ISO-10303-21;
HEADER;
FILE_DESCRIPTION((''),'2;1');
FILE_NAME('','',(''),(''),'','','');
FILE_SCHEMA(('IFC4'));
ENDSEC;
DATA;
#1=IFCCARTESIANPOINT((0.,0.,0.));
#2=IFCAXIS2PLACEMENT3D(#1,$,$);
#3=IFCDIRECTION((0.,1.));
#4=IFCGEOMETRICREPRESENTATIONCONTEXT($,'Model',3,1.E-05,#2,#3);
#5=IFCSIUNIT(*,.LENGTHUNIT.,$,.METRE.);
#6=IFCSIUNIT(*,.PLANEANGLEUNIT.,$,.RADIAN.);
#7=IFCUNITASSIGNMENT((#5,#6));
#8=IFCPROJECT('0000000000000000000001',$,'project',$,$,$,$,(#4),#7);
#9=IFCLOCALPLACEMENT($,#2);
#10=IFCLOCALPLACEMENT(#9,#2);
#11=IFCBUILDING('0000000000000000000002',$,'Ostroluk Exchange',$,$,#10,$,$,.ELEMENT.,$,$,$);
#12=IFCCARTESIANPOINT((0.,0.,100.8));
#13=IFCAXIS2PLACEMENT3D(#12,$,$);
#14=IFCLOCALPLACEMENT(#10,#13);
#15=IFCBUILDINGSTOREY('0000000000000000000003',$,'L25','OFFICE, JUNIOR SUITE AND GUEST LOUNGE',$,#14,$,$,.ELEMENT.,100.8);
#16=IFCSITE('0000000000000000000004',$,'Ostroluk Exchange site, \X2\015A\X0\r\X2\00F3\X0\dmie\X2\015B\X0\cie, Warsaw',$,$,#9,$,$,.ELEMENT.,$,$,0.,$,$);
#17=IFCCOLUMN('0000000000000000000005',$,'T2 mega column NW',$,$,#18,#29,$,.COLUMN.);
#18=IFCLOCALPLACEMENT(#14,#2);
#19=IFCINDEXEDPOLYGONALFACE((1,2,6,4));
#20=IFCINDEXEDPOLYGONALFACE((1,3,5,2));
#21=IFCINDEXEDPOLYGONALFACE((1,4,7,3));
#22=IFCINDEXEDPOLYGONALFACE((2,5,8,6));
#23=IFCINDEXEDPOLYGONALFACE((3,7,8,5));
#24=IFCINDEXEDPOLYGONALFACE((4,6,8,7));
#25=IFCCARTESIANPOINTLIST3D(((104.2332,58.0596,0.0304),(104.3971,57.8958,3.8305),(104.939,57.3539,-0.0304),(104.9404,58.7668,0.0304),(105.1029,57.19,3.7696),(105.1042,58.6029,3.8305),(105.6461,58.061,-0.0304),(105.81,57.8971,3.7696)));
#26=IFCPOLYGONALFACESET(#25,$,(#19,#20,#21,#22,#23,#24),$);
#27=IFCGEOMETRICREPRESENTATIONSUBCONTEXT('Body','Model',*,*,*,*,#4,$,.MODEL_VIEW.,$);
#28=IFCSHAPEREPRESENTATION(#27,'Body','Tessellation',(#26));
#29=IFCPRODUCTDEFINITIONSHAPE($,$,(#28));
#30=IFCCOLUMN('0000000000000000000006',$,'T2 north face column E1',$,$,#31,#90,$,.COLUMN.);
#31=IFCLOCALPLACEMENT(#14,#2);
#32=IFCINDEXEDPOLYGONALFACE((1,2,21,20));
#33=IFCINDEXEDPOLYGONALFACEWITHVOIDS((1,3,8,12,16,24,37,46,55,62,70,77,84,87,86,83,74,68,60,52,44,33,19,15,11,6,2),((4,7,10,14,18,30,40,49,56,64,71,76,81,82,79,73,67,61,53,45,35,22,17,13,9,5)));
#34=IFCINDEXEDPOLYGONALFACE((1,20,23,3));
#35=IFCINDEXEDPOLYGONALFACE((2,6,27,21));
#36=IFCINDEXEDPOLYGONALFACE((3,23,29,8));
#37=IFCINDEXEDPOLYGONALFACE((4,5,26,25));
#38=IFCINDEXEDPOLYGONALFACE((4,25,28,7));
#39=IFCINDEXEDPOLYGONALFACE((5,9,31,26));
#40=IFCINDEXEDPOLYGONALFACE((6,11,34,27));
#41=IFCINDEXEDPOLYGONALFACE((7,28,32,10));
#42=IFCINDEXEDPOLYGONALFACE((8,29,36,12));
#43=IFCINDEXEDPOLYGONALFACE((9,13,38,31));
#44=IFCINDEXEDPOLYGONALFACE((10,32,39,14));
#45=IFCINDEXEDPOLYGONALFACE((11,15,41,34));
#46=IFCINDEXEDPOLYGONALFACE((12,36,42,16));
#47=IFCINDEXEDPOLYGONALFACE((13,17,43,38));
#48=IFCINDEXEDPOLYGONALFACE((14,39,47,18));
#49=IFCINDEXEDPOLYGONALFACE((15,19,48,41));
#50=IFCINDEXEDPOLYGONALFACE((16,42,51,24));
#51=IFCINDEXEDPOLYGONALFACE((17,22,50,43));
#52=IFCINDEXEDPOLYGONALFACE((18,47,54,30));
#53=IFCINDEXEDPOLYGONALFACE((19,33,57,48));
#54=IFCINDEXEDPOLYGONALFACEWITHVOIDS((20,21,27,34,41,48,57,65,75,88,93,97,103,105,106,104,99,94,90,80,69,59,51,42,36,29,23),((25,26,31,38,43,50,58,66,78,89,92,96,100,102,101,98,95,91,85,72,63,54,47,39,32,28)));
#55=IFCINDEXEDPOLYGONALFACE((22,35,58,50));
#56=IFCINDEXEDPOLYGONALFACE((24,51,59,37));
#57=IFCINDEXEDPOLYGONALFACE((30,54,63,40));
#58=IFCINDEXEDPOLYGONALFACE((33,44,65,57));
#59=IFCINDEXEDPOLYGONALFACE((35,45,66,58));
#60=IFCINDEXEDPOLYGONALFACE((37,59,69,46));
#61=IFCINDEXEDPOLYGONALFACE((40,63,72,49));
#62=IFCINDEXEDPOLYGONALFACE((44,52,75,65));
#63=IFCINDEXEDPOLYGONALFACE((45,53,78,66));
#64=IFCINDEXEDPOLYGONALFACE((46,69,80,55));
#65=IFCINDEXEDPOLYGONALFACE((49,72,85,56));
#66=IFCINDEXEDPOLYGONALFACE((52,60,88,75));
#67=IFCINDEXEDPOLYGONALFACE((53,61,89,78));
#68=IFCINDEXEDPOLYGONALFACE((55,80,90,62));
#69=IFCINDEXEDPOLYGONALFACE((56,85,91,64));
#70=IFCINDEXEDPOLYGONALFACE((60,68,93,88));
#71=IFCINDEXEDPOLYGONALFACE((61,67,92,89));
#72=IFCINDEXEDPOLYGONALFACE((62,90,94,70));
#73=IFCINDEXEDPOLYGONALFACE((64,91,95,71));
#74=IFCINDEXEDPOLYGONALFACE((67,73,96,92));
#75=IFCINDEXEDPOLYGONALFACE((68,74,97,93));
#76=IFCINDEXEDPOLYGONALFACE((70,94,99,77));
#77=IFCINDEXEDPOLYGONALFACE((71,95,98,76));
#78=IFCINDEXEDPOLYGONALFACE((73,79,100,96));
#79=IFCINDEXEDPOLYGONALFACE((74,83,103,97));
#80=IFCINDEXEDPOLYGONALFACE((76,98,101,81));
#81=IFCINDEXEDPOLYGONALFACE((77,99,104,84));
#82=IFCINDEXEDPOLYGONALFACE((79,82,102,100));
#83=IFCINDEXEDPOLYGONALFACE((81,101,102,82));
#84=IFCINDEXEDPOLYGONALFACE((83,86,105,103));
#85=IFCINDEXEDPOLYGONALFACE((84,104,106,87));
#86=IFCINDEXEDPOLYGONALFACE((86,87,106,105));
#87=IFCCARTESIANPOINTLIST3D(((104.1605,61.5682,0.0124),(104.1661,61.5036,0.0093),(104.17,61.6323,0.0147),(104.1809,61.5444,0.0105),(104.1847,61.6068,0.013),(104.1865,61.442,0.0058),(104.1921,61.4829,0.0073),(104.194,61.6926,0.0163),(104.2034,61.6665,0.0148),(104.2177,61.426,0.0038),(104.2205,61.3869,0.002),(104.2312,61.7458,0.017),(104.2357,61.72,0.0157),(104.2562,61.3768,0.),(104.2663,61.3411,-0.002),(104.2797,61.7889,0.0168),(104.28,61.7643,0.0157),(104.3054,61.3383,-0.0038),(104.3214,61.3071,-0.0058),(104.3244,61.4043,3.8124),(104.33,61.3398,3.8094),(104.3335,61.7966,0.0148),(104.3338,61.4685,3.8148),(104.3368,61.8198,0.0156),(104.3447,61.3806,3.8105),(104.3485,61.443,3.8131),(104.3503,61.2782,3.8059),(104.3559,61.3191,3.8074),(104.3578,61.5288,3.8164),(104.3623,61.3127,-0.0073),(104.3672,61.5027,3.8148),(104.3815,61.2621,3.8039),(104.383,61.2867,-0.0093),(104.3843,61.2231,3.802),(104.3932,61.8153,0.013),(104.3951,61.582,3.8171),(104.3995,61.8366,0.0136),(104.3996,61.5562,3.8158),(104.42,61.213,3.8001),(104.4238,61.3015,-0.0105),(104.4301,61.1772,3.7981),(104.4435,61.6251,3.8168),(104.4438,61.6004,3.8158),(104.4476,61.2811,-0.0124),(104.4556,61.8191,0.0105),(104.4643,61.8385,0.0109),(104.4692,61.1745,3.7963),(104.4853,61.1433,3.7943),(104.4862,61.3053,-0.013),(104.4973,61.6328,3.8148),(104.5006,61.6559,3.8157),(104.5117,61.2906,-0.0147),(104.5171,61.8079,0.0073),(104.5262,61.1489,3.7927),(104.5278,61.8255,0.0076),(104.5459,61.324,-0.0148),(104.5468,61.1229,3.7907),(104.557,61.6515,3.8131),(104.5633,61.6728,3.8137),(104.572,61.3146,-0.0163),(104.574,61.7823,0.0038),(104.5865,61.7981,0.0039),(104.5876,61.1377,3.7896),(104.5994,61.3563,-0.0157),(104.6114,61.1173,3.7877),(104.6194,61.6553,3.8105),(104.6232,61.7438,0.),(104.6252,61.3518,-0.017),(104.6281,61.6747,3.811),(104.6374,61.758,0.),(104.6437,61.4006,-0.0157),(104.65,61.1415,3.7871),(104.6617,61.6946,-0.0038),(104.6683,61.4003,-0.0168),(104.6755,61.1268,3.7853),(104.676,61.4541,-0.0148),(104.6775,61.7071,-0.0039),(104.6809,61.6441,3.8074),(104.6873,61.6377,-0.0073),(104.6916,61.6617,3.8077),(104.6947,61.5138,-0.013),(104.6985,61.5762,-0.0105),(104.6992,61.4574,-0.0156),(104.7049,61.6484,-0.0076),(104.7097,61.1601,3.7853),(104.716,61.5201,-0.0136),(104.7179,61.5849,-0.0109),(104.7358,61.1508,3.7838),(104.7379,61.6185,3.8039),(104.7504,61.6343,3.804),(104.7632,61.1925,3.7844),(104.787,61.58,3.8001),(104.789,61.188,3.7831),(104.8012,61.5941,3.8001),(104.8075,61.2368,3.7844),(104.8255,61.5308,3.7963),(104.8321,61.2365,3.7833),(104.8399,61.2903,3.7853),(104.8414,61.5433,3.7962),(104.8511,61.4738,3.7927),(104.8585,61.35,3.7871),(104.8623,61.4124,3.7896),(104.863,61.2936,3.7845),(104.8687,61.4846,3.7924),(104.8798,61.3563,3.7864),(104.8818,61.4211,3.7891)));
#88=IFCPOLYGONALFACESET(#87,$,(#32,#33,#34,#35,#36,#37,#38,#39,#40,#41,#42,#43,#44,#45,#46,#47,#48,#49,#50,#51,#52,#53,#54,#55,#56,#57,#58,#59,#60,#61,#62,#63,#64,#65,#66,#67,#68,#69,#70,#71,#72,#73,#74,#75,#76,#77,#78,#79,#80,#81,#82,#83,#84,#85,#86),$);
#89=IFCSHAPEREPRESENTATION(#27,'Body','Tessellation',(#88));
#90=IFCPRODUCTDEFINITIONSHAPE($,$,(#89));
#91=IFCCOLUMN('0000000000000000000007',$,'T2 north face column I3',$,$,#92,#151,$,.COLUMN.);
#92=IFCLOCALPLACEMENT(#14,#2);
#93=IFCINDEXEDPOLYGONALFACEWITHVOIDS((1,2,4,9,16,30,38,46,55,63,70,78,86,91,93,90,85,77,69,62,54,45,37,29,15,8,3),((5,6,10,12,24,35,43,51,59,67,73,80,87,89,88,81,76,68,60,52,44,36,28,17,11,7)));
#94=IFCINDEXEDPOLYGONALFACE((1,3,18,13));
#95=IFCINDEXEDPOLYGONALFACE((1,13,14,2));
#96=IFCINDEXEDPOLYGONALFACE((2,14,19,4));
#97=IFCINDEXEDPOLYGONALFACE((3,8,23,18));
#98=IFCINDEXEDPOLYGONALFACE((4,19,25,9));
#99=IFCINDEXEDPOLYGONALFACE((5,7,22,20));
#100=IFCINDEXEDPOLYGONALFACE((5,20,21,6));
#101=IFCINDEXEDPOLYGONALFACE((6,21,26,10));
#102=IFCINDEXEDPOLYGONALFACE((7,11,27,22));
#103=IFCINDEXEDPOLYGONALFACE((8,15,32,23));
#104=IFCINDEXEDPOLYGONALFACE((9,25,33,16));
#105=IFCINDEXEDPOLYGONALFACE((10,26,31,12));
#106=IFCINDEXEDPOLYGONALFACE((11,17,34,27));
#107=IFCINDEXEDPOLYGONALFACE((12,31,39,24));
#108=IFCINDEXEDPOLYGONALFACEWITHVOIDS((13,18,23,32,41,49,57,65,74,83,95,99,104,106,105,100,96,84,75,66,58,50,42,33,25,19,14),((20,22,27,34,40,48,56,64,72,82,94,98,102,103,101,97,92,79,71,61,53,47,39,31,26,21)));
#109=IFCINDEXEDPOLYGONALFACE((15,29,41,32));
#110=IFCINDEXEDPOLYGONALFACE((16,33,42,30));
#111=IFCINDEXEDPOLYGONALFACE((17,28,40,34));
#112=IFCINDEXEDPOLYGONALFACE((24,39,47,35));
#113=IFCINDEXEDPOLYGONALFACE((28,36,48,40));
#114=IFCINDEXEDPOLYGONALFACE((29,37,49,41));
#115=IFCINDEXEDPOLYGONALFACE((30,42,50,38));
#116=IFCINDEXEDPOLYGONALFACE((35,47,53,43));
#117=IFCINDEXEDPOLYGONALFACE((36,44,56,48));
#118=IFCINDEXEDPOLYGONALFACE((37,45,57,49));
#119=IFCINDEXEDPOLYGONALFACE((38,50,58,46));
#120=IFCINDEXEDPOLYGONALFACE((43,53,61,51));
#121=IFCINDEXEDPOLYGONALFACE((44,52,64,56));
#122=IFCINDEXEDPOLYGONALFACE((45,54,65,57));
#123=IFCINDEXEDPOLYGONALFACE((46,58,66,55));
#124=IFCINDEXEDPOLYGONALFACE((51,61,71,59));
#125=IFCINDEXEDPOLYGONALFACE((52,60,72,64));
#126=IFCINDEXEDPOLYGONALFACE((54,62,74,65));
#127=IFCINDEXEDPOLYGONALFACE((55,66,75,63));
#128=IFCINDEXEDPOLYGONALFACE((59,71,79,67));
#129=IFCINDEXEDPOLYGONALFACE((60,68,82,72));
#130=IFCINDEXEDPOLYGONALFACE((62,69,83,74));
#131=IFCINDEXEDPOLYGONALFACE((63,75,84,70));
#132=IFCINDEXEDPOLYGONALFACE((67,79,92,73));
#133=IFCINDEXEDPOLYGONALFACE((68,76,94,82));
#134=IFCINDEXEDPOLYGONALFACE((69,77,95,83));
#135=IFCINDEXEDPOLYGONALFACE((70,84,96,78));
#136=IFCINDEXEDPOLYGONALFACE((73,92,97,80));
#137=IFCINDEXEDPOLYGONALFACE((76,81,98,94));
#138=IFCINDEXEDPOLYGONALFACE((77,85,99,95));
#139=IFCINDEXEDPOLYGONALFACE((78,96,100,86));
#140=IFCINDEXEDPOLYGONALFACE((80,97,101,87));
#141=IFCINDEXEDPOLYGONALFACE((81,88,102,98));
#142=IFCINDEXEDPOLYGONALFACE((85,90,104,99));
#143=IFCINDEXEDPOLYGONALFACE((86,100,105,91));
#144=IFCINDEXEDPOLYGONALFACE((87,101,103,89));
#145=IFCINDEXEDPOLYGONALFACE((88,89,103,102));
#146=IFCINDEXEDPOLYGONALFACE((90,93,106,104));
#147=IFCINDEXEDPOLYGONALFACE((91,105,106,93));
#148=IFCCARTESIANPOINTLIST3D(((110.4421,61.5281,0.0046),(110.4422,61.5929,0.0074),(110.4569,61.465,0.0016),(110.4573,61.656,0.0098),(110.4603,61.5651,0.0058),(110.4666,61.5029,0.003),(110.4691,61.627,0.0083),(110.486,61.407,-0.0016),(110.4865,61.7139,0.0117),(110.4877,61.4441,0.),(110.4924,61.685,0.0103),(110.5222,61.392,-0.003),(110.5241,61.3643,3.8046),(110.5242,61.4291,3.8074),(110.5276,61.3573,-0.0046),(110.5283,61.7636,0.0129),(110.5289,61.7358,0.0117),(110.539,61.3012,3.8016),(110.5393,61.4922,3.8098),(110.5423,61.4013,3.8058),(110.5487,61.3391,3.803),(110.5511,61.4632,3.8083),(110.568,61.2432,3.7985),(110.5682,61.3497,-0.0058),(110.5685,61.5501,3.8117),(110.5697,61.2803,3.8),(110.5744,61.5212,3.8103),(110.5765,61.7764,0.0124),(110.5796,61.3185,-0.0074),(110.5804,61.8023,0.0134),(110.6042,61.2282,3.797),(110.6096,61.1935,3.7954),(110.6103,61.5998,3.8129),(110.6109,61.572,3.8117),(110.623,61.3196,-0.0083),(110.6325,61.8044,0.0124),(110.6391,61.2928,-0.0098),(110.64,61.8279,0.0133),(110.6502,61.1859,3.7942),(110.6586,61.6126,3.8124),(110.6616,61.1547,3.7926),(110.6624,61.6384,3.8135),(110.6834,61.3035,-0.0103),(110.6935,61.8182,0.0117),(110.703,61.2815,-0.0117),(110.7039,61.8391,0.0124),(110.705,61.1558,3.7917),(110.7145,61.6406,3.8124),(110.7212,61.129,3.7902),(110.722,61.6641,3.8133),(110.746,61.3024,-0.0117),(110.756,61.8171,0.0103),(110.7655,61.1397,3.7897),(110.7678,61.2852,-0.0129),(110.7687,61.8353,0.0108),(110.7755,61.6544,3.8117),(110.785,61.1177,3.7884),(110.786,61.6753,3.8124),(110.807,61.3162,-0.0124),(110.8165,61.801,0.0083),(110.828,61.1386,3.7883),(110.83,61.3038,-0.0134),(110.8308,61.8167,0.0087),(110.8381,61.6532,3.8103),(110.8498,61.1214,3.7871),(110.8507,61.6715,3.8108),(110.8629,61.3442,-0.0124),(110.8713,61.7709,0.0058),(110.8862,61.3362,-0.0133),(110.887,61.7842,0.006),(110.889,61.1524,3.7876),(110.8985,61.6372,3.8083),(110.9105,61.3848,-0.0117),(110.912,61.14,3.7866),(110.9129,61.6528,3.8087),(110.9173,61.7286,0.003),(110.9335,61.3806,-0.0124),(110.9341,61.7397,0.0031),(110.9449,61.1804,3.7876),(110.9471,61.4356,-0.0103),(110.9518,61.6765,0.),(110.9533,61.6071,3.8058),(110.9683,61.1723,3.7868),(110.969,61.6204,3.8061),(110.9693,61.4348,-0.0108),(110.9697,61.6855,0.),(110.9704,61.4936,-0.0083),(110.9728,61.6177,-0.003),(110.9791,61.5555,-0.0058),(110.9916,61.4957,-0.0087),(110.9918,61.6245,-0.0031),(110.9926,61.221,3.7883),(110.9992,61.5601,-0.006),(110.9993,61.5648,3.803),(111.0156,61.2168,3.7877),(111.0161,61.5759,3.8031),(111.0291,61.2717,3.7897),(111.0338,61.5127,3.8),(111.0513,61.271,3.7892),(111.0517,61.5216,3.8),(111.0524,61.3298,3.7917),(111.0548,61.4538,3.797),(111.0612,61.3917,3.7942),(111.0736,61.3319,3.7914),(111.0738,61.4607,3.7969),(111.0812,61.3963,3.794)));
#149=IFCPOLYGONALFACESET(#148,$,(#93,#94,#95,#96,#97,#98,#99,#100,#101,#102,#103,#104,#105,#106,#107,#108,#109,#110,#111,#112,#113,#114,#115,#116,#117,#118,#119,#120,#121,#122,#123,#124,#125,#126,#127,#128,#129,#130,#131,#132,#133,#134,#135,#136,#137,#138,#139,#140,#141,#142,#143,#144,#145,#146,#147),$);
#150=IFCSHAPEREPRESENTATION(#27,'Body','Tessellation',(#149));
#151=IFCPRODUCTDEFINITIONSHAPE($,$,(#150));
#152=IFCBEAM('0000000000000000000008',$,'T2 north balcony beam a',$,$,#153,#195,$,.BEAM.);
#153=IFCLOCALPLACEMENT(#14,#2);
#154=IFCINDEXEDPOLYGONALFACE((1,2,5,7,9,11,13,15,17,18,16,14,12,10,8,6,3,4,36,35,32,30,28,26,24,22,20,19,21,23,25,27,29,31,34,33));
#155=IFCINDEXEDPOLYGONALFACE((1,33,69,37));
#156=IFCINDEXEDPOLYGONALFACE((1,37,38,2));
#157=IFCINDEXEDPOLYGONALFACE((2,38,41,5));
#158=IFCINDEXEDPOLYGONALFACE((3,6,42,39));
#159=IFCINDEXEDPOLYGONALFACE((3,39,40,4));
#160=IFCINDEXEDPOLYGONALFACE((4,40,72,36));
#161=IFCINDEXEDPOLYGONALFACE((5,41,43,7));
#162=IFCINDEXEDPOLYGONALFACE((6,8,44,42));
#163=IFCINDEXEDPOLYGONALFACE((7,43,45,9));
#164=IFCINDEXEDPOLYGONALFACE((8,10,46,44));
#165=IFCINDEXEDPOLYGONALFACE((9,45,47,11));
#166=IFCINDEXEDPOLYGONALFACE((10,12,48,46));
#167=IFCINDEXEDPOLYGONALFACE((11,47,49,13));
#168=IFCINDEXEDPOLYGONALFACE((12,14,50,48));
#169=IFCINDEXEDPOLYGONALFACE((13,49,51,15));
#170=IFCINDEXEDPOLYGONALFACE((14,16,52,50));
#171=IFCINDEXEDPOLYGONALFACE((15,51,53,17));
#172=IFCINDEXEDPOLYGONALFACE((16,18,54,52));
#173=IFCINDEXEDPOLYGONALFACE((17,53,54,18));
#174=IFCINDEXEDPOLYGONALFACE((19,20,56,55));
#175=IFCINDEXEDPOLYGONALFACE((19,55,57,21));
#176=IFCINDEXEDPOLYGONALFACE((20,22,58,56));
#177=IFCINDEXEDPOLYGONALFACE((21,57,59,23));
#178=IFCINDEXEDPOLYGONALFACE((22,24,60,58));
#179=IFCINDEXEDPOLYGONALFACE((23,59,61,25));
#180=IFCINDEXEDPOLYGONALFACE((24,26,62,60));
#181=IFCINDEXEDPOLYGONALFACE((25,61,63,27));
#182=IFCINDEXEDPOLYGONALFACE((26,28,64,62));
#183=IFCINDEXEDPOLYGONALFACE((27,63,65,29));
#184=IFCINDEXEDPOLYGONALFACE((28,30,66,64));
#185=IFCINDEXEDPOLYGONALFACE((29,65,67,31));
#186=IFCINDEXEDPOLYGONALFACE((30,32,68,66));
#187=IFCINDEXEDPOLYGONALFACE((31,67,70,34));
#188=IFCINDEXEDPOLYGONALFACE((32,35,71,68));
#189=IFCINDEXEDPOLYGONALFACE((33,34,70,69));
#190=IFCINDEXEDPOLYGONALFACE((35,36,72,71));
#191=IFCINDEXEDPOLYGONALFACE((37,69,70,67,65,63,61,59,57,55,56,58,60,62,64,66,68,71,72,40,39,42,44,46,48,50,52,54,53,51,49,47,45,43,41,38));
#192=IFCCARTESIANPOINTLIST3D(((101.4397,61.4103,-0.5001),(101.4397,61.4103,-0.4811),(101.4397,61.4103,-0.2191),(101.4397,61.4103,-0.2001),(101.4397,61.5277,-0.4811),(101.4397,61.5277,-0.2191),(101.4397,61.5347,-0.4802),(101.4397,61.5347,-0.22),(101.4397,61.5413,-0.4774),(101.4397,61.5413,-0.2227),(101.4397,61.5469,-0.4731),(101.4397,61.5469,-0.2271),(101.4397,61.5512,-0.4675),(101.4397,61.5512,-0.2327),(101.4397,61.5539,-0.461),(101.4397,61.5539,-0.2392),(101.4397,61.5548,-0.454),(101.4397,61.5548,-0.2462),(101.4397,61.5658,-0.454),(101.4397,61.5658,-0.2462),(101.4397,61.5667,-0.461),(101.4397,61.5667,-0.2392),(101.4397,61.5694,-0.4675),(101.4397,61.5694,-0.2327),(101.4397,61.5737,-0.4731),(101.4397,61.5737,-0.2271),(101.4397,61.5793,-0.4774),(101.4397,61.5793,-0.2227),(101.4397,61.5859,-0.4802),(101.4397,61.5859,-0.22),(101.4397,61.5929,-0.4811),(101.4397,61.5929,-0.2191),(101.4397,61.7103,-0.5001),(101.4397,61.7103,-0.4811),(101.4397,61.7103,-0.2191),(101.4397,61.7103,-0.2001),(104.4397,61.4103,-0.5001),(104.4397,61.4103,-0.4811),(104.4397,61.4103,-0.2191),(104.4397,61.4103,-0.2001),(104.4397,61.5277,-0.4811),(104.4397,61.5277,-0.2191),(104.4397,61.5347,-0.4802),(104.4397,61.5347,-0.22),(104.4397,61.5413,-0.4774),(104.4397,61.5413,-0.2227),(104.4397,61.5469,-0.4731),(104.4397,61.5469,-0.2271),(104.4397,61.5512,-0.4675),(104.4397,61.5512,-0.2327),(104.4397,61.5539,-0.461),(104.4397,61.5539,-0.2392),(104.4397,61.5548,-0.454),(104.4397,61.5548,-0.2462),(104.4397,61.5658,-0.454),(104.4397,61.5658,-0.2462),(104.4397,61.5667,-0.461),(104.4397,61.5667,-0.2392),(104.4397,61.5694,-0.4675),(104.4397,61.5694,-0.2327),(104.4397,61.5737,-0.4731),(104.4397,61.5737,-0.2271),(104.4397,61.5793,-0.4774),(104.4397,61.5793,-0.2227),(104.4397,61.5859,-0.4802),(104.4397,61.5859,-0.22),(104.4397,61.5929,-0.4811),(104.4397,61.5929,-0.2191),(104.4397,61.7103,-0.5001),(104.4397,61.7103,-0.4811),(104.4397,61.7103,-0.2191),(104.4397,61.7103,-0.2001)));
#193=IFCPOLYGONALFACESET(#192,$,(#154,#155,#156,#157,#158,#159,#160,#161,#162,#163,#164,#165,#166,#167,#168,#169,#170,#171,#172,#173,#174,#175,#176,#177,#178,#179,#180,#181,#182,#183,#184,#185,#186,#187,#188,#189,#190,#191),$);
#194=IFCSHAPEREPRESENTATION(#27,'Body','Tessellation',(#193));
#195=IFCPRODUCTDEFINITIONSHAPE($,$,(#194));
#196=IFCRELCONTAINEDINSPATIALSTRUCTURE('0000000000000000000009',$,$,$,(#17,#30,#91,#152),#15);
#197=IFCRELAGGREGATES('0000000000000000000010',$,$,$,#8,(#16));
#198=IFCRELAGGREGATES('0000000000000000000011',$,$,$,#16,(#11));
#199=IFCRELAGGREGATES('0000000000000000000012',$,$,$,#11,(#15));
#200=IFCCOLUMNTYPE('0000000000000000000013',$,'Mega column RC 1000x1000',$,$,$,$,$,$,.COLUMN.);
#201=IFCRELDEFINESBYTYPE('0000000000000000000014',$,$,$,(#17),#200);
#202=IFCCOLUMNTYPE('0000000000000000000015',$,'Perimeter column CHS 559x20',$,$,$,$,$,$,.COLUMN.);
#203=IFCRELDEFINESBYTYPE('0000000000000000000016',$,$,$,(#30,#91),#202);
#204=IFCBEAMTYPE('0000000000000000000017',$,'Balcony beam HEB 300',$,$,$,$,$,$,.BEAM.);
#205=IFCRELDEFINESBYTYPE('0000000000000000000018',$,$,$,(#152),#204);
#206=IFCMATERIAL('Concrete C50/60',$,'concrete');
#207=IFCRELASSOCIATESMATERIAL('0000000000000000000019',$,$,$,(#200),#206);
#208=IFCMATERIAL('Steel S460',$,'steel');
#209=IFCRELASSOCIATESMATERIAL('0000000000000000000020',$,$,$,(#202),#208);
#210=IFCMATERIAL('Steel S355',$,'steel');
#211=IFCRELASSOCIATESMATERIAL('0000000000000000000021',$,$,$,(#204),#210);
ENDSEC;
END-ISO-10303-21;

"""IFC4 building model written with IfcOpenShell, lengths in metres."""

from ifc_helpers import new_model, si_unit, direction, frame, origin, origin_2d, place, context, subcontext, project, spatial, rectangle, hollow_circle, i_section, extrude, material, material_profile, profile_set, type_object, element, save


model = new_model("IFC4")

# Units and contexts
model_context = context("Model", 3, precision=1e-05, world=origin(), true_north=direction((0.0, 1.0)))
body_context = subcontext(model_context, "Body", "Model", "MODEL_VIEW")
ifc_project = project(units=[si_unit("LENGTHUNIT", "METRE"), si_unit("PLANEANGLEUNIT", "RADIAN")], contexts=[model_context])

# Site, building, storey
site_placement = place(None, origin())
site = spatial("IfcSite", under=ifc_project, at=site_placement, Name="Ostroluk Exchange site, Śródmieście, Warsaw", CompositionType="ELEMENT", RefElevation=0.0)
building_placement = place(site_placement, origin())
building = spatial("IfcBuilding", under=site, at=building_placement, Name="Ostroluk Exchange", CompositionType="ELEMENT")
storey_placement = place(building_placement, frame((0.0, 0.0, 100.8)))
storey = spatial("IfcBuildingStorey", under=building, at=storey_placement, Name="L25", Description="OFFICE, JUNIOR SUITE AND GUEST LOUNGE", CompositionType="ELEMENT", Elevation=100.8)

# Columns
ifc_material_1 = material(Name="Concrete C50/60", Category="concrete")
ifc_material_profile_1 = material_profile(ifc_material_1, rectangle(XDim=1.0, YDim=1.0, at=origin_2d()), Name="RC 1000x1000")
ifc_profile_set_1 = profile_set([ifc_material_profile_1], Name="Concrete C50/60")
column_type_1 = type_object("IfcColumnType", Name="Mega column RC 1000x1000", PredefinedType="COLUMN", material=ifc_profile_set_1)
column_1_placement = place(storey_placement, frame((104.9397, 58.0603, 0.0), z_axis=(0.04303, -0.04303, 0.998147), x_axis=(0.707107, 0.707107, 0.0)))
element("IfcColumn", 1, at=column_1_placement, inside=storey, type_object=column_type_1, Name="T2 mega column NW", PredefinedType="COLUMN", context=body_context, shape_type="SweptSolid", body=[
    extrude(rectangle(XDim=1.0, YDim=1.0, at=origin_2d()), origin(), (0.0, 0.0, 1.0), 3.8071),
])
ifc_material_2 = material(Name="Steel S460", Category="steel")
ifc_material_profile_2 = material_profile(ifc_material_2, hollow_circle(Radius=0.2795, WallThickness=0.02, at=origin_2d()), Name="CHS 559x20")
ifc_profile_set_2 = profile_set([ifc_material_profile_2], Name="Steel S460")
column_type_2 = type_object("IfcColumnType", Name="Perimeter column CHS 559x20", PredefinedType="COLUMN", material=ifc_profile_set_2)
column_2_placement = place(storey_placement, frame((104.4397, 61.5603, 0.0), z_axis=(0.04303, -0.04303, 0.998147), x_axis=(0.707107, 0.707107, 0.0)))
element("IfcColumn", 2, at=column_2_placement, inside=storey, type_object=column_type_2, Name="T2 north face column E1", PredefinedType="COLUMN", context=body_context, shape_type="SweptSolid", body=[
    extrude(hollow_circle(Radius=0.2795, WallThickness=0.02, at=origin_2d()), origin(), (0.0, 0.0, 1.0), 3.8071),
])
column_3_placement = place(storey_placement, frame((110.7197, 61.5603, 0.0), z_axis=(0.021562, -0.04306, 0.99884), x_axis=(0.894161, 0.447747, 0.0)))
element("IfcColumn", 3, at=column_3_placement, inside=storey, type_object=column_type_2, Name="T2 north face column I3", PredefinedType="COLUMN", context=body_context, shape_type="SweptSolid", body=[
    extrude(hollow_circle(Radius=0.2795, WallThickness=0.02, at=origin_2d()), origin(), (0.0, 0.0, 1.0), 3.8044),
])

# Beam
ifc_material_3 = material(Name="Steel S355", Category="steel")
ifc_material_profile_3 = material_profile(ifc_material_3, i_section(OverallWidth=0.3, OverallDepth=0.3, WebThickness=0.011, FlangeThickness=0.019, FilletRadius=0.0271, at=origin_2d()), Name="HEB 300")
ifc_profile_set_3 = profile_set([ifc_material_profile_3], Name="Steel S355")
beam_type_1 = type_object("IfcBeamType", Name="Balcony beam HEB 300", PredefinedType="BEAM", material=ifc_profile_set_3)
beam_1_placement = place(storey_placement, frame((104.4397, 61.5603, -0.3501), z_axis=(-1.0, 0.0, 0.0), x_axis=(0.0, -1.0, 0.0)))
element("IfcBeam", 4, at=beam_1_placement, inside=storey, type_object=beam_type_1, Name="T2 north balcony beam a", PredefinedType="BEAM", context=body_context, shape_type="SweptSolid", body=[
    extrude(i_section(OverallWidth=0.3, OverallDepth=0.3, WebThickness=0.011, FlangeThickness=0.019, FilletRadius=0.0271, at=origin_2d()), origin(), (0.0, 0.0, 1.0), 3.0),
])

save(model, "model.ifc")
